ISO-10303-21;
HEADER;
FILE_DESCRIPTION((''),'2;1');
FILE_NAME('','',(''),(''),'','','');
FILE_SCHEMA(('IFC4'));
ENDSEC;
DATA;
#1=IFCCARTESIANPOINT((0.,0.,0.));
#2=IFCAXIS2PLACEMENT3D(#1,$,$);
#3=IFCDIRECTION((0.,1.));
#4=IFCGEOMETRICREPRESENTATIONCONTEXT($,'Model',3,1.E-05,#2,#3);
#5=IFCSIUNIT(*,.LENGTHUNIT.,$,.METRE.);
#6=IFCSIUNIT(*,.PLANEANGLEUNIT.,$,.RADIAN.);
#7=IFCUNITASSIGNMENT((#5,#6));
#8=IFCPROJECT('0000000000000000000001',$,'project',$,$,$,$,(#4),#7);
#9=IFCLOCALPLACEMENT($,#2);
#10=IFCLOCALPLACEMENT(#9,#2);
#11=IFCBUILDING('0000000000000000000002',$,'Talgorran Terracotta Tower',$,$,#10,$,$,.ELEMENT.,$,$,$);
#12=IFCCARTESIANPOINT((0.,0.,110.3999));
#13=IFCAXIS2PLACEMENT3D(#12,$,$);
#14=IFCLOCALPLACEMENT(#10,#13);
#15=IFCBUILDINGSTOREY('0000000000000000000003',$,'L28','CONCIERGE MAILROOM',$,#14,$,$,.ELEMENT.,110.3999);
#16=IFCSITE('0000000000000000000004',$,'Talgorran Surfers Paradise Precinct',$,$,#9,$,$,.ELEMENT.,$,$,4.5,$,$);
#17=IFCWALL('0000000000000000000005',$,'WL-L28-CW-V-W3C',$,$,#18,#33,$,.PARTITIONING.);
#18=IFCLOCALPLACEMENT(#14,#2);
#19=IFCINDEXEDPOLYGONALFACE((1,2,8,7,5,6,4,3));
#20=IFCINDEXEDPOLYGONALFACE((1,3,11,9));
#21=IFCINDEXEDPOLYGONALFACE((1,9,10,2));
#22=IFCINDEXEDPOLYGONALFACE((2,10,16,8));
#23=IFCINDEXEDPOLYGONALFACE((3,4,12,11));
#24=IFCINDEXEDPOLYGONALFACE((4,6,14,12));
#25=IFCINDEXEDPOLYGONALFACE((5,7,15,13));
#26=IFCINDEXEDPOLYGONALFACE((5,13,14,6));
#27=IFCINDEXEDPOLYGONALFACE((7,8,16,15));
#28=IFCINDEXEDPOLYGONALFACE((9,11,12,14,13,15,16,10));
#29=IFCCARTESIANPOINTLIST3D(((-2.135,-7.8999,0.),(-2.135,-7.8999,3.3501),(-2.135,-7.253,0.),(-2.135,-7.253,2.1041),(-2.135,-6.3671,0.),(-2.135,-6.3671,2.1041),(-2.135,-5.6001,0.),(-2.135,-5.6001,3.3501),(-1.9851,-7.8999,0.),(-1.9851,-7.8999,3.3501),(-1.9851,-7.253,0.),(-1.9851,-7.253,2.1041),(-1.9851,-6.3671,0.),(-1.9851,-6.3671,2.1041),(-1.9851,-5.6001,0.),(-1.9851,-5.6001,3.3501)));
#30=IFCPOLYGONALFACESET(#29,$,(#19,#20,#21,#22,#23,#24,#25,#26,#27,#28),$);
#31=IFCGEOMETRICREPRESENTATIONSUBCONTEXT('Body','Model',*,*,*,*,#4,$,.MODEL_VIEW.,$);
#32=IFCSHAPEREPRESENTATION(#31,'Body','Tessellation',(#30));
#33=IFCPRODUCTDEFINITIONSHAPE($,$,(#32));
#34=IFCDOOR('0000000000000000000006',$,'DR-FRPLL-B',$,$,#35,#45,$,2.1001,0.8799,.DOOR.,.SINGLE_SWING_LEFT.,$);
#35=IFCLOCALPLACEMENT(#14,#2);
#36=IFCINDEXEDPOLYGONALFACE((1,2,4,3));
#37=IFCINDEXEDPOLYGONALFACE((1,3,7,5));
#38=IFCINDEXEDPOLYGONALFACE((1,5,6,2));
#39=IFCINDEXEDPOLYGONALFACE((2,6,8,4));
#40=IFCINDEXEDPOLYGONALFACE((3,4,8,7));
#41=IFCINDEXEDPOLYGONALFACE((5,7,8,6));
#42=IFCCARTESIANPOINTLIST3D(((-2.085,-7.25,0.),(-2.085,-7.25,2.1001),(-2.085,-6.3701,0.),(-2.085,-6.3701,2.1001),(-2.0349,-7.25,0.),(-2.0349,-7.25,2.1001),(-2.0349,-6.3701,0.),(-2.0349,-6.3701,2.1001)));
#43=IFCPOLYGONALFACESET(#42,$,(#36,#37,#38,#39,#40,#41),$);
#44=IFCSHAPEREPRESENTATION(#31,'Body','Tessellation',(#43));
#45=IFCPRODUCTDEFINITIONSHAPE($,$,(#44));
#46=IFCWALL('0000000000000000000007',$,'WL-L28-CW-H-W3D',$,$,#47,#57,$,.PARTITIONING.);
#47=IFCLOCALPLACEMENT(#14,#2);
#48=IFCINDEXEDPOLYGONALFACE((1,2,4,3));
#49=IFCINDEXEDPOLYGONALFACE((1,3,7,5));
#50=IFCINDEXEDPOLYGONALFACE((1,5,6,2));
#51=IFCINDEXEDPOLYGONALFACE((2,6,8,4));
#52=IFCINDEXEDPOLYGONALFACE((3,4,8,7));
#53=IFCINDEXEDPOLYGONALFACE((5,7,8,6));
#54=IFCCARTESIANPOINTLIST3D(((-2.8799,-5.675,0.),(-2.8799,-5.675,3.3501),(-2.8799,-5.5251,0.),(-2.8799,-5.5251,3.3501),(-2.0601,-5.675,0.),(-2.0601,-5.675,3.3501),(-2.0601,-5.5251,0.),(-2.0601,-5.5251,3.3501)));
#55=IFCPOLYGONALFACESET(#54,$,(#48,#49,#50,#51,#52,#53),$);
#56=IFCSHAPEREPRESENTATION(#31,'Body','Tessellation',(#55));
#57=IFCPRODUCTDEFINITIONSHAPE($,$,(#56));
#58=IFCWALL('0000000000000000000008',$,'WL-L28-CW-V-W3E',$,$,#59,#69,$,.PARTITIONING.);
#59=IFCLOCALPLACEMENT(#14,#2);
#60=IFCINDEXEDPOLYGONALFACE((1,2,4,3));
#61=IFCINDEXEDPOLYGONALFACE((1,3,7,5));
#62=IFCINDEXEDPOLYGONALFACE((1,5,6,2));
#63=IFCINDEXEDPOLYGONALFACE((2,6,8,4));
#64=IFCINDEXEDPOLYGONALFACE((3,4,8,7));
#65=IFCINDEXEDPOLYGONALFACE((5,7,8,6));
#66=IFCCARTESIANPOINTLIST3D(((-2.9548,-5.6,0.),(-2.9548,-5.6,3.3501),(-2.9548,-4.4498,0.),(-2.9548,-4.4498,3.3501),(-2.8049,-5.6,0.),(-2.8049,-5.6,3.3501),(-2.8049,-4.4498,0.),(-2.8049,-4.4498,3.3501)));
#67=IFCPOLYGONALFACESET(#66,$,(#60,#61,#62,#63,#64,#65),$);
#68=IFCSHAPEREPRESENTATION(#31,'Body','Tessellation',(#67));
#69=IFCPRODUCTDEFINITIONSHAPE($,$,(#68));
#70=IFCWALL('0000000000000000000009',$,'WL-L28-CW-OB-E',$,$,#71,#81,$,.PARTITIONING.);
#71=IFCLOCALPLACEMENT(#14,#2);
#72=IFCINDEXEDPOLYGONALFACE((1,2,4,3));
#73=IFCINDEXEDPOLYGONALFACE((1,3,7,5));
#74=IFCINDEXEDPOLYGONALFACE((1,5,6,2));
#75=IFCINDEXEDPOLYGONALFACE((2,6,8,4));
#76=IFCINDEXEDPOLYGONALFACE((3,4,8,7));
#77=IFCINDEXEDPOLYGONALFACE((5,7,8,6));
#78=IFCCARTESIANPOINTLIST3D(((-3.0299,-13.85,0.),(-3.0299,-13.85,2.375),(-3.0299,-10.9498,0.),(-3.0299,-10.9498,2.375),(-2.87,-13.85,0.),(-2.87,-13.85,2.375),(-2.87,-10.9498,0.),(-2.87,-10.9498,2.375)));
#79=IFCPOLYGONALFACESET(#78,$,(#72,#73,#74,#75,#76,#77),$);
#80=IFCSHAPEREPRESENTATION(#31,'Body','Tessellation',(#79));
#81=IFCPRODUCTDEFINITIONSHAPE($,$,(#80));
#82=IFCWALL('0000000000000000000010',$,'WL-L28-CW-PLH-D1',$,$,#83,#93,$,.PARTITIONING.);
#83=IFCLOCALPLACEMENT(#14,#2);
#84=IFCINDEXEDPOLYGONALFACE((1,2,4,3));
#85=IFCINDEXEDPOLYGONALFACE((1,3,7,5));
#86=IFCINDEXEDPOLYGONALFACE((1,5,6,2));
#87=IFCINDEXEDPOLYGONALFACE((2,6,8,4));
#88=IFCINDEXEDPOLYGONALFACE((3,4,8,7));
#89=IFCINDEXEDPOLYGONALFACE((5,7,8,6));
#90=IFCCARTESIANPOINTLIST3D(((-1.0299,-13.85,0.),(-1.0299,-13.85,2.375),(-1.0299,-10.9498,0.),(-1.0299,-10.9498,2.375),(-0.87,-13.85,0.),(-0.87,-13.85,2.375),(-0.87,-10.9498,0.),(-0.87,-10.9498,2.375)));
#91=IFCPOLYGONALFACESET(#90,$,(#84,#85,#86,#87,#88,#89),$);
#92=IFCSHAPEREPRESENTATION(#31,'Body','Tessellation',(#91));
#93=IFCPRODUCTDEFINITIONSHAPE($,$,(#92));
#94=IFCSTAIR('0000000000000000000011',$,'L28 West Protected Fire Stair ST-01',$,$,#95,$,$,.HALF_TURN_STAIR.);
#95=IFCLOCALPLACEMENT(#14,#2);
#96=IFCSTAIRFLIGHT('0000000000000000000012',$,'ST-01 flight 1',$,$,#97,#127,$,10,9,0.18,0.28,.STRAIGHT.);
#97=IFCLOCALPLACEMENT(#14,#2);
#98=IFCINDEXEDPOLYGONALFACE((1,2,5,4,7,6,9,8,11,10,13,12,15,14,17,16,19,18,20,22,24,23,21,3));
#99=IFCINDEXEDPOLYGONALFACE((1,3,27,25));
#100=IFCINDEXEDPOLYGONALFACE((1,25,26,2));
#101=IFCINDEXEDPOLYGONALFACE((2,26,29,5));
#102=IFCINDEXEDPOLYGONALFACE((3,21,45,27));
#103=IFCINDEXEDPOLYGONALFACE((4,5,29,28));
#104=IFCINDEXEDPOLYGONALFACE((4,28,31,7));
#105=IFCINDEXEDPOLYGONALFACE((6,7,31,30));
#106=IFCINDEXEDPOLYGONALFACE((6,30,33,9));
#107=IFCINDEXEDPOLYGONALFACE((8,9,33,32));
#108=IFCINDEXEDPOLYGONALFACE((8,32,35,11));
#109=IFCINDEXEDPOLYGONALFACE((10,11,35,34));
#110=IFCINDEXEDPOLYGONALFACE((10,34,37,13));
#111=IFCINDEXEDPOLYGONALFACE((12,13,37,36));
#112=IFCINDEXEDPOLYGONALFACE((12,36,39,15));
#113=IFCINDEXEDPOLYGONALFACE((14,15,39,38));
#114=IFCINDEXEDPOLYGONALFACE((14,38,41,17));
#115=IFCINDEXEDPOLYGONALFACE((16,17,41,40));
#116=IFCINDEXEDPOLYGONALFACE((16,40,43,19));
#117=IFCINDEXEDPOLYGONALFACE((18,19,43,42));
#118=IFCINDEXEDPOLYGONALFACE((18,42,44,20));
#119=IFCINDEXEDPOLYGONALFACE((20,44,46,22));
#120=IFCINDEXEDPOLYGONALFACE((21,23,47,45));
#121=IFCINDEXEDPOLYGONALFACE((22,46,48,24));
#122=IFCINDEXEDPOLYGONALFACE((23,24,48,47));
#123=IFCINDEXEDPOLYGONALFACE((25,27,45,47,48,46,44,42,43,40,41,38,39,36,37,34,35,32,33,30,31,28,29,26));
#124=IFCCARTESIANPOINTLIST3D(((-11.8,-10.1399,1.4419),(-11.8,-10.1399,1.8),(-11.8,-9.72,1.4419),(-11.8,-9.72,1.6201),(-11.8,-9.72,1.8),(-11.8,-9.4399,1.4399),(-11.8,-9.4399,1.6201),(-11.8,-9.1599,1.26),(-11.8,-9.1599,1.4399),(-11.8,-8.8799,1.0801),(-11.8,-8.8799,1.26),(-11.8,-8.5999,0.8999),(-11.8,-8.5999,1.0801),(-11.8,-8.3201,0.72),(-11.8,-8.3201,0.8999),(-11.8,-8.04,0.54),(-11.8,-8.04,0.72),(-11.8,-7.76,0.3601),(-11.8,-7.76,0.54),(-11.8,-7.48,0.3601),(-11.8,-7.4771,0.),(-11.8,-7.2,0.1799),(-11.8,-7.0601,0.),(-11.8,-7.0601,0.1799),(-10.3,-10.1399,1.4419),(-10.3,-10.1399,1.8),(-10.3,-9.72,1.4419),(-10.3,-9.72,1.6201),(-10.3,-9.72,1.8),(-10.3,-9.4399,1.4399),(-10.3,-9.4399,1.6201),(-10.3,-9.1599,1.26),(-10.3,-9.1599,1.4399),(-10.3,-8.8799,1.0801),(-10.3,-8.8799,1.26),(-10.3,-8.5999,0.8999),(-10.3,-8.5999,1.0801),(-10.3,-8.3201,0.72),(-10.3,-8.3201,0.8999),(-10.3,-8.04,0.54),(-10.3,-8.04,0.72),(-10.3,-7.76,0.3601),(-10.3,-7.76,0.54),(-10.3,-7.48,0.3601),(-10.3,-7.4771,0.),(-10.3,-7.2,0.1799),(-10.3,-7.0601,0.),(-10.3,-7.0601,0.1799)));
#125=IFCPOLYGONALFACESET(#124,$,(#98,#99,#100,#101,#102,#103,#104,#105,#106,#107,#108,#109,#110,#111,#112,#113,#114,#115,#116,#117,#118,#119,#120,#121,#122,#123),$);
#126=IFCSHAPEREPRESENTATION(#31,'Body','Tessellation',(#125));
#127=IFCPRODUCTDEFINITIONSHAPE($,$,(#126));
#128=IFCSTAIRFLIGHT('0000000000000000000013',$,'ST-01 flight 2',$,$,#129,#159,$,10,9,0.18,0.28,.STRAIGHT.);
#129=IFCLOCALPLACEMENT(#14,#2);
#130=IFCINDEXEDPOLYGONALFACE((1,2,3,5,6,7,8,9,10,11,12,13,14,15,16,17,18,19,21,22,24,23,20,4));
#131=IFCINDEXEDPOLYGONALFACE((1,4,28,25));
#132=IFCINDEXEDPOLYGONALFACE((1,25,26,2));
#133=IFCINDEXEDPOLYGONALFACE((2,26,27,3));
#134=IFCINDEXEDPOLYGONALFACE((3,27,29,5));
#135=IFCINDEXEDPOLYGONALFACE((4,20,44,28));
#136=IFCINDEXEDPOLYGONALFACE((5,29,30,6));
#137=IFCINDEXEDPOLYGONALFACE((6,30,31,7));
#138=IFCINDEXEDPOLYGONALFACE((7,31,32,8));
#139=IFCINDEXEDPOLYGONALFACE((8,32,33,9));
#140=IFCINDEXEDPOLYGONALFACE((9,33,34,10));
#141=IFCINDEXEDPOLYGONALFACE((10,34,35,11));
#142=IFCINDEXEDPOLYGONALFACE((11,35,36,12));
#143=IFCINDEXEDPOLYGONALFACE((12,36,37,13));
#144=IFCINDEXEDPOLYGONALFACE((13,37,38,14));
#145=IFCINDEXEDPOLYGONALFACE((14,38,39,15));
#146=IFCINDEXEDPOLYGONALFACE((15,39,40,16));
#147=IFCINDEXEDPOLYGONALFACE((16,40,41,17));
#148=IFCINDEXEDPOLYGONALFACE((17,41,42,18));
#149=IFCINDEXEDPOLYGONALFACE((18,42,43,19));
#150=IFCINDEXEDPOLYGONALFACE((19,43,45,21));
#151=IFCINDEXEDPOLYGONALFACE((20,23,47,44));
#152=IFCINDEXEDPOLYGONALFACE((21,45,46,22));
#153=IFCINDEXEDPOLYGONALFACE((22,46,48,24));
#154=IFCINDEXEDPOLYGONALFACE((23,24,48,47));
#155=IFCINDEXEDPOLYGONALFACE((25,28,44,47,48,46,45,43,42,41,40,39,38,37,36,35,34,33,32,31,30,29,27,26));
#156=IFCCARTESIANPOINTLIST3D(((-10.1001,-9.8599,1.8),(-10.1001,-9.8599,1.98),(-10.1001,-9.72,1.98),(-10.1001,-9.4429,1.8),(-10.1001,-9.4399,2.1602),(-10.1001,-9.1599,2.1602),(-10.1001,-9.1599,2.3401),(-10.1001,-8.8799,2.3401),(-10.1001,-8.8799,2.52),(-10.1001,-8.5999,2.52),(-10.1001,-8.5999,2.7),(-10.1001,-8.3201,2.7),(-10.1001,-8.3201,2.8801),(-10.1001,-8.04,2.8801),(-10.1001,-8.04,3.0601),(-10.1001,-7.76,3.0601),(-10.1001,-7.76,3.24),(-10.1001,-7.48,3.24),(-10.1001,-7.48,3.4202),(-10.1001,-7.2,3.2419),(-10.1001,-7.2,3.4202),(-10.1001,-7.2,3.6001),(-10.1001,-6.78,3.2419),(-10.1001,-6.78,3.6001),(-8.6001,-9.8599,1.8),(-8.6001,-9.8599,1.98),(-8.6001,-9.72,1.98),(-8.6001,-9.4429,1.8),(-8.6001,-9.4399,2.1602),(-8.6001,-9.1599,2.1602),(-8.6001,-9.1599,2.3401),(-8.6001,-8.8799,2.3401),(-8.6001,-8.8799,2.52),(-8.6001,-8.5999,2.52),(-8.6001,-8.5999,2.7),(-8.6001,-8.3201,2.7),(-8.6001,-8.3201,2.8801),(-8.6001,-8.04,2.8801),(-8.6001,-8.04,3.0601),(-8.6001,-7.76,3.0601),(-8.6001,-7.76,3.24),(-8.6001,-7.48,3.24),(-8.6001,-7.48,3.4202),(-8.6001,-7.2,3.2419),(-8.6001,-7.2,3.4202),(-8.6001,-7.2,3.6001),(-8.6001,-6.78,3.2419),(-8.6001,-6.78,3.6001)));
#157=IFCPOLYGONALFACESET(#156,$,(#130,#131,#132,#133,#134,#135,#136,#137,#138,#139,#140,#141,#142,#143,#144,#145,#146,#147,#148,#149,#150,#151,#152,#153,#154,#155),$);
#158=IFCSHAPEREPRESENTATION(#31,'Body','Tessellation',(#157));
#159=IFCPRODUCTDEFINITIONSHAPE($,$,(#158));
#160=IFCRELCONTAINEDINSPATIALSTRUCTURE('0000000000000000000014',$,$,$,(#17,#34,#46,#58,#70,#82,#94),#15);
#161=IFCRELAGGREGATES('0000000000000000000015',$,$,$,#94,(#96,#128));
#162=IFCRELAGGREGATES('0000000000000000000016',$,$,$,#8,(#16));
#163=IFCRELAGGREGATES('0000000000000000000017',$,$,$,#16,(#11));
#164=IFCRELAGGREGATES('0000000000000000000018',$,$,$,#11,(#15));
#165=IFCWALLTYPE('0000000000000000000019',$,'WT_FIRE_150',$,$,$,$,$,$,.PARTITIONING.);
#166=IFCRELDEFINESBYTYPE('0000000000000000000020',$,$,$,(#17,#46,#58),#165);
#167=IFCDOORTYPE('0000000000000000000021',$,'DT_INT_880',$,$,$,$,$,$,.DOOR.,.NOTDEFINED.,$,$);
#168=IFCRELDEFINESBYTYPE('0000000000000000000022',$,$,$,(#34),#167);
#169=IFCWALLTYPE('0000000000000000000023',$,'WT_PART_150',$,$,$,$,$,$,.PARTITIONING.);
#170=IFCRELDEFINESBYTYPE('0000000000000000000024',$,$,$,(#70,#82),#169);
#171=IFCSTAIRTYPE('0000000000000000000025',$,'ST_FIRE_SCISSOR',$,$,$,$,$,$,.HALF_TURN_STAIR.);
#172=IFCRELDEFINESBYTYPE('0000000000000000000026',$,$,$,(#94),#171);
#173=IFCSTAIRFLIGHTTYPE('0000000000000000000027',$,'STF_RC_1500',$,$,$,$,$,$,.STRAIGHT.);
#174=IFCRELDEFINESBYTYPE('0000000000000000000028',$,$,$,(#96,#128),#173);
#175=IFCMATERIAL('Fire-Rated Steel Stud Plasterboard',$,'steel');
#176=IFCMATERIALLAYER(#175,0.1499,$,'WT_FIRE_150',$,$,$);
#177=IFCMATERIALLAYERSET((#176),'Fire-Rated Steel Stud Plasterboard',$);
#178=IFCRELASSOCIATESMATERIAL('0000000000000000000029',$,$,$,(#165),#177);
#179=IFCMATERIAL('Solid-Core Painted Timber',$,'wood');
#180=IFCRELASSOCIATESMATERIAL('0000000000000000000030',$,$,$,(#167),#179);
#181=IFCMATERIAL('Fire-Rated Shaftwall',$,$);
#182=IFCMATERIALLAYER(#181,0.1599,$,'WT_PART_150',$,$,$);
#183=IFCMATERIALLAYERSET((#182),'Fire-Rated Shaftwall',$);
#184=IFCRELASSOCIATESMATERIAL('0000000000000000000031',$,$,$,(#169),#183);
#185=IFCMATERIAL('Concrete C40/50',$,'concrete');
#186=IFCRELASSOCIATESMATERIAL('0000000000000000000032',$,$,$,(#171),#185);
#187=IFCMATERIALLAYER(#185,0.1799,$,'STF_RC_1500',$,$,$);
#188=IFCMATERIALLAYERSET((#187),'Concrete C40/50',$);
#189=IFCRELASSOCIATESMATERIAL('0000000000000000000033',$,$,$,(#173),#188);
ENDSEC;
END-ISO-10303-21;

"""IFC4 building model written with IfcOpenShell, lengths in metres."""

from ifc_helpers import new_model, si_unit, direction, frame, frame_2d, origin, place, context, subcontext, project, spatial, polyline, rectangle, outline, extrude, material, layer, layer_set, type_object, element, fill, aggregate, save


model = new_model("IFC4")

# Units and contexts
model_context = context("Model", 3, precision=1e-05, world=origin(), true_north=direction((0.0, 1.0)))
body_context = subcontext(model_context, "Body", "Model", "MODEL_VIEW")
ifc_project = project(units=[si_unit("LENGTHUNIT", "METRE"), si_unit("PLANEANGLEUNIT", "RADIAN")], contexts=[model_context])

# Site, building, storey
site_placement = place(None, origin())
site = spatial("IfcSite", under=ifc_project, at=site_placement, Name="Talgorran Surfers Paradise Precinct", CompositionType="ELEMENT", RefElevation=4.5)
building_placement = place(site_placement, origin())
building = spatial("IfcBuilding", under=site, at=building_placement, Name="Talgorran Terracotta Tower", CompositionType="ELEMENT")
storey_placement = place(building_placement, frame((0.0, 0.0, 110.3999)))
storey = spatial("IfcBuildingStorey", under=building, at=storey_placement, Name="L28", Description="CONCIERGE MAILROOM", CompositionType="ELEMENT", Elevation=110.3999)

# Shared definitions
ifc_material_1 = material(Name="Fire-Rated Steel Stud Plasterboard", Category="steel")
ifc_layer_1 = layer(ifc_material_1, 0.1499, Name="WT_FIRE_150")
ifc_layer_set_1 = layer_set([ifc_layer_1], Name="Fire-Rated Steel Stud Plasterboard")
wall_type_1 = type_object("IfcWallType", Name="WT_FIRE_150", PredefinedType="PARTITIONING", material=ifc_layer_set_1)

# Wall, opening, door
wall_1_placement = place(storey_placement, frame((-2.0601, -7.8999, 0.0), z_axis=(0.0, 0.0, 1.0), x_axis=(0.0, 1.0, 0.0)))
wall_1 = element("IfcWall", 1, at=wall_1_placement, inside=storey, type_object=wall_type_1, Name="WL-L28-CW-V-W3C", PredefinedType="PARTITIONING", context=body_context, shape_type="SweptSolid", body=[
    extrude(rectangle(XDim=2.2998, YDim=0.1499, at=frame_2d((1.1499, 0.0))), origin(), (0.0, 0.0, 1.0), 3.3501),
])
opening_1_placement = place(wall_1_placement, frame((0.6499, 0.0, 0.0)))
opening_1 = element("IfcOpeningElement", 2, at=opening_1_placement, cuts=wall_1, PredefinedType="OPENING", context=body_context, shape_type="SweptSolid", body=[
    extrude(rectangle(XDim=0.8859, YDim=2.1041, at=frame_2d((0.4399, 1.052))), frame((0.0, 0.085, 0.0), z_axis=(0.0, -1.0, 0.0), x_axis=(1.0, 0.0, 0.0)), (0.0, 0.0, 1.0), 0.1699),
])
ifc_material_2 = material(Name="Solid-Core Painted Timber", Category="wood")
door_type_1 = type_object("IfcDoorType", Name="DT_INT_880", OperationType="NOTDEFINED", PredefinedType="DOOR", material=ifc_material_2)
door_1_placement = place(opening_1_placement, origin())
door_1 = element("IfcDoor", 3, at=door_1_placement, inside=storey, type_object=door_type_1, Name="DR-FRPLL-B", OperationType="SINGLE_SWING_LEFT", OverallHeight=2.1001, OverallWidth=0.8799, PredefinedType="DOOR", context=body_context, shape_type="SweptSolid", body=[
    extrude(rectangle(XDim=0.8799, YDim=2.1001, at=frame_2d((0.4399, 1.05))), frame((0.0, 0.0249, 0.0), z_axis=(0.0, -1.0, 0.0), x_axis=(1.0, 0.0, 0.0)), (0.0, 0.0, 1.0), 0.05),
])
fill(opening_1, door_1)

# Walls
wall_2_placement = place(storey_placement, frame((-2.8799, -5.6001, 0.0), z_axis=(0.0, 0.0, 1.0), x_axis=(1.0, 0.0, 0.0)))
element("IfcWall", 4, at=wall_2_placement, inside=storey, type_object=wall_type_1, Name="WL-L28-CW-H-W3D", PredefinedType="PARTITIONING", context=body_context, shape_type="SweptSolid", body=[
    extrude(rectangle(XDim=0.8198, YDim=0.1499, at=frame_2d((0.4099, 0.0))), origin(), (0.0, 0.0, 1.0), 3.3501),
])
wall_3_placement = place(storey_placement, frame((-2.8799, -5.6001, 0.0), z_axis=(0.0, 0.0, 1.0), x_axis=(0.0, 1.0, 0.0)))
element("IfcWall", 5, at=wall_3_placement, inside=storey, type_object=wall_type_1, Name="WL-L28-CW-V-W3E", PredefinedType="PARTITIONING", context=body_context, shape_type="SweptSolid", body=[
    extrude(rectangle(XDim=1.1501, YDim=0.1499, at=frame_2d((0.5752, 0.0))), origin(), (0.0, 0.0, 1.0), 3.3501),
])
ifc_material_3 = material(Name="Fire-Rated Shaftwall")
ifc_layer_2 = layer(ifc_material_3, 0.1599, Name="WT_PART_150")
ifc_layer_set_2 = layer_set([ifc_layer_2], Name="Fire-Rated Shaftwall")
wall_type_2 = type_object("IfcWallType", Name="WT_PART_150", PredefinedType="PARTITIONING", material=ifc_layer_set_2)
for number, where, z_axis, x_axis, name in (
    (6, (-2.95, -13.8501, 0.0), (0.0, 0.0, 1.0), (0.0, 1.0, 0.0), "WL-L28-CW-OB-E"),
    (7, (-0.95, -13.8501, 0.0), (0.0, 0.0, 1.0), (0.0, 1.0, 0.0), "WL-L28-CW-PLH-D1"),
):
    element("IfcWall", number, at=place(storey_placement, frame(where, z_axis=z_axis, x_axis=x_axis)), inside=storey, type_object=wall_type_2, Name=name, PredefinedType="PARTITIONING", context=body_context, shape_type="SweptSolid", body=[
        extrude(rectangle(XDim=2.9001, YDim=0.1599, at=frame_2d((1.4502, 0.0))), origin(), (0.0, 0.0, 1.0), 2.375),
    ])

# Stair, stair flights
ifc_material_4 = material(Name="Concrete C40/50", Category="concrete")
stair_type = type_object("IfcStairType", Name="ST_FIRE_SCISSOR", PredefinedType="HALF_TURN_STAIR", material=ifc_material_4)
stair_placement = place(storey_placement, origin())
stair = element("IfcStair", 8, at=stair_placement, inside=storey, type_object=stair_type, Name="L28 West Protected Fire Stair ST-01", PredefinedType="HALF_TURN_STAIR")
ifc_layer_3 = layer(ifc_material_4, 0.1799, Name="STF_RC_1500")
ifc_layer_set_3 = layer_set([ifc_layer_3], Name="Concrete C40/50")
stair_flight_type = type_object("IfcStairFlightType", Name="STF_RC_1500", PredefinedType="STRAIGHT", material=ifc_layer_set_3)
stair_flight_1_placement = place(storey_placement, frame((-11.05, -7.2, 0.0), z_axis=(0.0, 0.0, 1.0), x_axis=(0.0, -1.0, 0.0)))
stair_flight_1 = element("IfcStairFlight", 9, at=stair_flight_1_placement, type_object=stair_flight_type, Name="ST-01 flight 1", NumberOfRisers=10, NumberOfTreads=9, PredefinedType="STRAIGHT", RiserHeight=0.18, TreadLength=0.28, context=body_context, shape_type="SweptSolid", body=[
    extrude(outline(polyline([(-0.1399, 0.0), (-0.1399, 0.1799), (0.0, 0.1799), (0.28, 0.3601), (0.5601, 0.3601), (0.5601, 0.54), (0.8401, 0.54), (0.8401, 0.72), (1.1201, 0.72), (1.1201, 0.8999), (1.3999, 0.8999), (1.3999, 1.0801), (1.6799, 1.0801), (1.6799, 1.26), (1.96, 1.26), (1.96, 1.4399), (2.24, 1.4399), (2.24, 1.6201), (2.52, 1.6201), (2.52, 1.8), (2.9399, 1.8), (2.9399, 1.4419), (2.52, 1.4419), (0.2771, 0.0), (-0.1399, 0.0)])), frame((0.0, 0.75, 0.0), z_axis=(0.0, -1.0, 0.0), x_axis=(1.0, 0.0, 0.0)), (0.0, 0.0, 1.0), 1.5),
])
stair_flight_2_placement = place(storey_placement, frame((-9.3501, -9.72, 1.8), z_axis=(0.0, 0.0, 1.0), x_axis=(0.0, 1.0, 0.0)))
stair_flight_2 = element("IfcStairFlight", 10, at=stair_flight_2_placement, type_object=stair_flight_type, Name="ST-01 flight 2", NumberOfRisers=10, NumberOfTreads=9, PredefinedType="STRAIGHT", RiserHeight=0.18, TreadLength=0.28, context=body_context, shape_type="SweptSolid", body=[
    extrude(outline(polyline([(-0.1399, 0.0), (-0.1399, 0.1799), (0.0, 0.1799), (0.28, 0.3601), (0.5601, 0.3601), (0.5601, 0.54), (0.8401, 0.54), (0.8401, 0.72), (1.1201, 0.72), (1.1201, 0.8999), (1.3999, 0.8999), (1.3999, 1.0801), (1.6799, 1.0801), (1.6799, 1.26), (1.96, 1.26), (1.96, 1.4399), (2.24, 1.4399), (2.24, 1.6201), (2.52, 1.6201), (2.52, 1.8), (2.9399, 1.8), (2.9399, 1.4419), (2.52, 1.4419), (0.2771, 0.0), (-0.1399, 0.0)])), frame((0.0, 0.75, 0.0), z_axis=(0.0, -1.0, 0.0), x_axis=(1.0, 0.0, 0.0)), (0.0, 0.0, 1.0), 1.5),
])
aggregate(stair, [stair_flight_1, stair_flight_2])

save(model, "model.ifc")
